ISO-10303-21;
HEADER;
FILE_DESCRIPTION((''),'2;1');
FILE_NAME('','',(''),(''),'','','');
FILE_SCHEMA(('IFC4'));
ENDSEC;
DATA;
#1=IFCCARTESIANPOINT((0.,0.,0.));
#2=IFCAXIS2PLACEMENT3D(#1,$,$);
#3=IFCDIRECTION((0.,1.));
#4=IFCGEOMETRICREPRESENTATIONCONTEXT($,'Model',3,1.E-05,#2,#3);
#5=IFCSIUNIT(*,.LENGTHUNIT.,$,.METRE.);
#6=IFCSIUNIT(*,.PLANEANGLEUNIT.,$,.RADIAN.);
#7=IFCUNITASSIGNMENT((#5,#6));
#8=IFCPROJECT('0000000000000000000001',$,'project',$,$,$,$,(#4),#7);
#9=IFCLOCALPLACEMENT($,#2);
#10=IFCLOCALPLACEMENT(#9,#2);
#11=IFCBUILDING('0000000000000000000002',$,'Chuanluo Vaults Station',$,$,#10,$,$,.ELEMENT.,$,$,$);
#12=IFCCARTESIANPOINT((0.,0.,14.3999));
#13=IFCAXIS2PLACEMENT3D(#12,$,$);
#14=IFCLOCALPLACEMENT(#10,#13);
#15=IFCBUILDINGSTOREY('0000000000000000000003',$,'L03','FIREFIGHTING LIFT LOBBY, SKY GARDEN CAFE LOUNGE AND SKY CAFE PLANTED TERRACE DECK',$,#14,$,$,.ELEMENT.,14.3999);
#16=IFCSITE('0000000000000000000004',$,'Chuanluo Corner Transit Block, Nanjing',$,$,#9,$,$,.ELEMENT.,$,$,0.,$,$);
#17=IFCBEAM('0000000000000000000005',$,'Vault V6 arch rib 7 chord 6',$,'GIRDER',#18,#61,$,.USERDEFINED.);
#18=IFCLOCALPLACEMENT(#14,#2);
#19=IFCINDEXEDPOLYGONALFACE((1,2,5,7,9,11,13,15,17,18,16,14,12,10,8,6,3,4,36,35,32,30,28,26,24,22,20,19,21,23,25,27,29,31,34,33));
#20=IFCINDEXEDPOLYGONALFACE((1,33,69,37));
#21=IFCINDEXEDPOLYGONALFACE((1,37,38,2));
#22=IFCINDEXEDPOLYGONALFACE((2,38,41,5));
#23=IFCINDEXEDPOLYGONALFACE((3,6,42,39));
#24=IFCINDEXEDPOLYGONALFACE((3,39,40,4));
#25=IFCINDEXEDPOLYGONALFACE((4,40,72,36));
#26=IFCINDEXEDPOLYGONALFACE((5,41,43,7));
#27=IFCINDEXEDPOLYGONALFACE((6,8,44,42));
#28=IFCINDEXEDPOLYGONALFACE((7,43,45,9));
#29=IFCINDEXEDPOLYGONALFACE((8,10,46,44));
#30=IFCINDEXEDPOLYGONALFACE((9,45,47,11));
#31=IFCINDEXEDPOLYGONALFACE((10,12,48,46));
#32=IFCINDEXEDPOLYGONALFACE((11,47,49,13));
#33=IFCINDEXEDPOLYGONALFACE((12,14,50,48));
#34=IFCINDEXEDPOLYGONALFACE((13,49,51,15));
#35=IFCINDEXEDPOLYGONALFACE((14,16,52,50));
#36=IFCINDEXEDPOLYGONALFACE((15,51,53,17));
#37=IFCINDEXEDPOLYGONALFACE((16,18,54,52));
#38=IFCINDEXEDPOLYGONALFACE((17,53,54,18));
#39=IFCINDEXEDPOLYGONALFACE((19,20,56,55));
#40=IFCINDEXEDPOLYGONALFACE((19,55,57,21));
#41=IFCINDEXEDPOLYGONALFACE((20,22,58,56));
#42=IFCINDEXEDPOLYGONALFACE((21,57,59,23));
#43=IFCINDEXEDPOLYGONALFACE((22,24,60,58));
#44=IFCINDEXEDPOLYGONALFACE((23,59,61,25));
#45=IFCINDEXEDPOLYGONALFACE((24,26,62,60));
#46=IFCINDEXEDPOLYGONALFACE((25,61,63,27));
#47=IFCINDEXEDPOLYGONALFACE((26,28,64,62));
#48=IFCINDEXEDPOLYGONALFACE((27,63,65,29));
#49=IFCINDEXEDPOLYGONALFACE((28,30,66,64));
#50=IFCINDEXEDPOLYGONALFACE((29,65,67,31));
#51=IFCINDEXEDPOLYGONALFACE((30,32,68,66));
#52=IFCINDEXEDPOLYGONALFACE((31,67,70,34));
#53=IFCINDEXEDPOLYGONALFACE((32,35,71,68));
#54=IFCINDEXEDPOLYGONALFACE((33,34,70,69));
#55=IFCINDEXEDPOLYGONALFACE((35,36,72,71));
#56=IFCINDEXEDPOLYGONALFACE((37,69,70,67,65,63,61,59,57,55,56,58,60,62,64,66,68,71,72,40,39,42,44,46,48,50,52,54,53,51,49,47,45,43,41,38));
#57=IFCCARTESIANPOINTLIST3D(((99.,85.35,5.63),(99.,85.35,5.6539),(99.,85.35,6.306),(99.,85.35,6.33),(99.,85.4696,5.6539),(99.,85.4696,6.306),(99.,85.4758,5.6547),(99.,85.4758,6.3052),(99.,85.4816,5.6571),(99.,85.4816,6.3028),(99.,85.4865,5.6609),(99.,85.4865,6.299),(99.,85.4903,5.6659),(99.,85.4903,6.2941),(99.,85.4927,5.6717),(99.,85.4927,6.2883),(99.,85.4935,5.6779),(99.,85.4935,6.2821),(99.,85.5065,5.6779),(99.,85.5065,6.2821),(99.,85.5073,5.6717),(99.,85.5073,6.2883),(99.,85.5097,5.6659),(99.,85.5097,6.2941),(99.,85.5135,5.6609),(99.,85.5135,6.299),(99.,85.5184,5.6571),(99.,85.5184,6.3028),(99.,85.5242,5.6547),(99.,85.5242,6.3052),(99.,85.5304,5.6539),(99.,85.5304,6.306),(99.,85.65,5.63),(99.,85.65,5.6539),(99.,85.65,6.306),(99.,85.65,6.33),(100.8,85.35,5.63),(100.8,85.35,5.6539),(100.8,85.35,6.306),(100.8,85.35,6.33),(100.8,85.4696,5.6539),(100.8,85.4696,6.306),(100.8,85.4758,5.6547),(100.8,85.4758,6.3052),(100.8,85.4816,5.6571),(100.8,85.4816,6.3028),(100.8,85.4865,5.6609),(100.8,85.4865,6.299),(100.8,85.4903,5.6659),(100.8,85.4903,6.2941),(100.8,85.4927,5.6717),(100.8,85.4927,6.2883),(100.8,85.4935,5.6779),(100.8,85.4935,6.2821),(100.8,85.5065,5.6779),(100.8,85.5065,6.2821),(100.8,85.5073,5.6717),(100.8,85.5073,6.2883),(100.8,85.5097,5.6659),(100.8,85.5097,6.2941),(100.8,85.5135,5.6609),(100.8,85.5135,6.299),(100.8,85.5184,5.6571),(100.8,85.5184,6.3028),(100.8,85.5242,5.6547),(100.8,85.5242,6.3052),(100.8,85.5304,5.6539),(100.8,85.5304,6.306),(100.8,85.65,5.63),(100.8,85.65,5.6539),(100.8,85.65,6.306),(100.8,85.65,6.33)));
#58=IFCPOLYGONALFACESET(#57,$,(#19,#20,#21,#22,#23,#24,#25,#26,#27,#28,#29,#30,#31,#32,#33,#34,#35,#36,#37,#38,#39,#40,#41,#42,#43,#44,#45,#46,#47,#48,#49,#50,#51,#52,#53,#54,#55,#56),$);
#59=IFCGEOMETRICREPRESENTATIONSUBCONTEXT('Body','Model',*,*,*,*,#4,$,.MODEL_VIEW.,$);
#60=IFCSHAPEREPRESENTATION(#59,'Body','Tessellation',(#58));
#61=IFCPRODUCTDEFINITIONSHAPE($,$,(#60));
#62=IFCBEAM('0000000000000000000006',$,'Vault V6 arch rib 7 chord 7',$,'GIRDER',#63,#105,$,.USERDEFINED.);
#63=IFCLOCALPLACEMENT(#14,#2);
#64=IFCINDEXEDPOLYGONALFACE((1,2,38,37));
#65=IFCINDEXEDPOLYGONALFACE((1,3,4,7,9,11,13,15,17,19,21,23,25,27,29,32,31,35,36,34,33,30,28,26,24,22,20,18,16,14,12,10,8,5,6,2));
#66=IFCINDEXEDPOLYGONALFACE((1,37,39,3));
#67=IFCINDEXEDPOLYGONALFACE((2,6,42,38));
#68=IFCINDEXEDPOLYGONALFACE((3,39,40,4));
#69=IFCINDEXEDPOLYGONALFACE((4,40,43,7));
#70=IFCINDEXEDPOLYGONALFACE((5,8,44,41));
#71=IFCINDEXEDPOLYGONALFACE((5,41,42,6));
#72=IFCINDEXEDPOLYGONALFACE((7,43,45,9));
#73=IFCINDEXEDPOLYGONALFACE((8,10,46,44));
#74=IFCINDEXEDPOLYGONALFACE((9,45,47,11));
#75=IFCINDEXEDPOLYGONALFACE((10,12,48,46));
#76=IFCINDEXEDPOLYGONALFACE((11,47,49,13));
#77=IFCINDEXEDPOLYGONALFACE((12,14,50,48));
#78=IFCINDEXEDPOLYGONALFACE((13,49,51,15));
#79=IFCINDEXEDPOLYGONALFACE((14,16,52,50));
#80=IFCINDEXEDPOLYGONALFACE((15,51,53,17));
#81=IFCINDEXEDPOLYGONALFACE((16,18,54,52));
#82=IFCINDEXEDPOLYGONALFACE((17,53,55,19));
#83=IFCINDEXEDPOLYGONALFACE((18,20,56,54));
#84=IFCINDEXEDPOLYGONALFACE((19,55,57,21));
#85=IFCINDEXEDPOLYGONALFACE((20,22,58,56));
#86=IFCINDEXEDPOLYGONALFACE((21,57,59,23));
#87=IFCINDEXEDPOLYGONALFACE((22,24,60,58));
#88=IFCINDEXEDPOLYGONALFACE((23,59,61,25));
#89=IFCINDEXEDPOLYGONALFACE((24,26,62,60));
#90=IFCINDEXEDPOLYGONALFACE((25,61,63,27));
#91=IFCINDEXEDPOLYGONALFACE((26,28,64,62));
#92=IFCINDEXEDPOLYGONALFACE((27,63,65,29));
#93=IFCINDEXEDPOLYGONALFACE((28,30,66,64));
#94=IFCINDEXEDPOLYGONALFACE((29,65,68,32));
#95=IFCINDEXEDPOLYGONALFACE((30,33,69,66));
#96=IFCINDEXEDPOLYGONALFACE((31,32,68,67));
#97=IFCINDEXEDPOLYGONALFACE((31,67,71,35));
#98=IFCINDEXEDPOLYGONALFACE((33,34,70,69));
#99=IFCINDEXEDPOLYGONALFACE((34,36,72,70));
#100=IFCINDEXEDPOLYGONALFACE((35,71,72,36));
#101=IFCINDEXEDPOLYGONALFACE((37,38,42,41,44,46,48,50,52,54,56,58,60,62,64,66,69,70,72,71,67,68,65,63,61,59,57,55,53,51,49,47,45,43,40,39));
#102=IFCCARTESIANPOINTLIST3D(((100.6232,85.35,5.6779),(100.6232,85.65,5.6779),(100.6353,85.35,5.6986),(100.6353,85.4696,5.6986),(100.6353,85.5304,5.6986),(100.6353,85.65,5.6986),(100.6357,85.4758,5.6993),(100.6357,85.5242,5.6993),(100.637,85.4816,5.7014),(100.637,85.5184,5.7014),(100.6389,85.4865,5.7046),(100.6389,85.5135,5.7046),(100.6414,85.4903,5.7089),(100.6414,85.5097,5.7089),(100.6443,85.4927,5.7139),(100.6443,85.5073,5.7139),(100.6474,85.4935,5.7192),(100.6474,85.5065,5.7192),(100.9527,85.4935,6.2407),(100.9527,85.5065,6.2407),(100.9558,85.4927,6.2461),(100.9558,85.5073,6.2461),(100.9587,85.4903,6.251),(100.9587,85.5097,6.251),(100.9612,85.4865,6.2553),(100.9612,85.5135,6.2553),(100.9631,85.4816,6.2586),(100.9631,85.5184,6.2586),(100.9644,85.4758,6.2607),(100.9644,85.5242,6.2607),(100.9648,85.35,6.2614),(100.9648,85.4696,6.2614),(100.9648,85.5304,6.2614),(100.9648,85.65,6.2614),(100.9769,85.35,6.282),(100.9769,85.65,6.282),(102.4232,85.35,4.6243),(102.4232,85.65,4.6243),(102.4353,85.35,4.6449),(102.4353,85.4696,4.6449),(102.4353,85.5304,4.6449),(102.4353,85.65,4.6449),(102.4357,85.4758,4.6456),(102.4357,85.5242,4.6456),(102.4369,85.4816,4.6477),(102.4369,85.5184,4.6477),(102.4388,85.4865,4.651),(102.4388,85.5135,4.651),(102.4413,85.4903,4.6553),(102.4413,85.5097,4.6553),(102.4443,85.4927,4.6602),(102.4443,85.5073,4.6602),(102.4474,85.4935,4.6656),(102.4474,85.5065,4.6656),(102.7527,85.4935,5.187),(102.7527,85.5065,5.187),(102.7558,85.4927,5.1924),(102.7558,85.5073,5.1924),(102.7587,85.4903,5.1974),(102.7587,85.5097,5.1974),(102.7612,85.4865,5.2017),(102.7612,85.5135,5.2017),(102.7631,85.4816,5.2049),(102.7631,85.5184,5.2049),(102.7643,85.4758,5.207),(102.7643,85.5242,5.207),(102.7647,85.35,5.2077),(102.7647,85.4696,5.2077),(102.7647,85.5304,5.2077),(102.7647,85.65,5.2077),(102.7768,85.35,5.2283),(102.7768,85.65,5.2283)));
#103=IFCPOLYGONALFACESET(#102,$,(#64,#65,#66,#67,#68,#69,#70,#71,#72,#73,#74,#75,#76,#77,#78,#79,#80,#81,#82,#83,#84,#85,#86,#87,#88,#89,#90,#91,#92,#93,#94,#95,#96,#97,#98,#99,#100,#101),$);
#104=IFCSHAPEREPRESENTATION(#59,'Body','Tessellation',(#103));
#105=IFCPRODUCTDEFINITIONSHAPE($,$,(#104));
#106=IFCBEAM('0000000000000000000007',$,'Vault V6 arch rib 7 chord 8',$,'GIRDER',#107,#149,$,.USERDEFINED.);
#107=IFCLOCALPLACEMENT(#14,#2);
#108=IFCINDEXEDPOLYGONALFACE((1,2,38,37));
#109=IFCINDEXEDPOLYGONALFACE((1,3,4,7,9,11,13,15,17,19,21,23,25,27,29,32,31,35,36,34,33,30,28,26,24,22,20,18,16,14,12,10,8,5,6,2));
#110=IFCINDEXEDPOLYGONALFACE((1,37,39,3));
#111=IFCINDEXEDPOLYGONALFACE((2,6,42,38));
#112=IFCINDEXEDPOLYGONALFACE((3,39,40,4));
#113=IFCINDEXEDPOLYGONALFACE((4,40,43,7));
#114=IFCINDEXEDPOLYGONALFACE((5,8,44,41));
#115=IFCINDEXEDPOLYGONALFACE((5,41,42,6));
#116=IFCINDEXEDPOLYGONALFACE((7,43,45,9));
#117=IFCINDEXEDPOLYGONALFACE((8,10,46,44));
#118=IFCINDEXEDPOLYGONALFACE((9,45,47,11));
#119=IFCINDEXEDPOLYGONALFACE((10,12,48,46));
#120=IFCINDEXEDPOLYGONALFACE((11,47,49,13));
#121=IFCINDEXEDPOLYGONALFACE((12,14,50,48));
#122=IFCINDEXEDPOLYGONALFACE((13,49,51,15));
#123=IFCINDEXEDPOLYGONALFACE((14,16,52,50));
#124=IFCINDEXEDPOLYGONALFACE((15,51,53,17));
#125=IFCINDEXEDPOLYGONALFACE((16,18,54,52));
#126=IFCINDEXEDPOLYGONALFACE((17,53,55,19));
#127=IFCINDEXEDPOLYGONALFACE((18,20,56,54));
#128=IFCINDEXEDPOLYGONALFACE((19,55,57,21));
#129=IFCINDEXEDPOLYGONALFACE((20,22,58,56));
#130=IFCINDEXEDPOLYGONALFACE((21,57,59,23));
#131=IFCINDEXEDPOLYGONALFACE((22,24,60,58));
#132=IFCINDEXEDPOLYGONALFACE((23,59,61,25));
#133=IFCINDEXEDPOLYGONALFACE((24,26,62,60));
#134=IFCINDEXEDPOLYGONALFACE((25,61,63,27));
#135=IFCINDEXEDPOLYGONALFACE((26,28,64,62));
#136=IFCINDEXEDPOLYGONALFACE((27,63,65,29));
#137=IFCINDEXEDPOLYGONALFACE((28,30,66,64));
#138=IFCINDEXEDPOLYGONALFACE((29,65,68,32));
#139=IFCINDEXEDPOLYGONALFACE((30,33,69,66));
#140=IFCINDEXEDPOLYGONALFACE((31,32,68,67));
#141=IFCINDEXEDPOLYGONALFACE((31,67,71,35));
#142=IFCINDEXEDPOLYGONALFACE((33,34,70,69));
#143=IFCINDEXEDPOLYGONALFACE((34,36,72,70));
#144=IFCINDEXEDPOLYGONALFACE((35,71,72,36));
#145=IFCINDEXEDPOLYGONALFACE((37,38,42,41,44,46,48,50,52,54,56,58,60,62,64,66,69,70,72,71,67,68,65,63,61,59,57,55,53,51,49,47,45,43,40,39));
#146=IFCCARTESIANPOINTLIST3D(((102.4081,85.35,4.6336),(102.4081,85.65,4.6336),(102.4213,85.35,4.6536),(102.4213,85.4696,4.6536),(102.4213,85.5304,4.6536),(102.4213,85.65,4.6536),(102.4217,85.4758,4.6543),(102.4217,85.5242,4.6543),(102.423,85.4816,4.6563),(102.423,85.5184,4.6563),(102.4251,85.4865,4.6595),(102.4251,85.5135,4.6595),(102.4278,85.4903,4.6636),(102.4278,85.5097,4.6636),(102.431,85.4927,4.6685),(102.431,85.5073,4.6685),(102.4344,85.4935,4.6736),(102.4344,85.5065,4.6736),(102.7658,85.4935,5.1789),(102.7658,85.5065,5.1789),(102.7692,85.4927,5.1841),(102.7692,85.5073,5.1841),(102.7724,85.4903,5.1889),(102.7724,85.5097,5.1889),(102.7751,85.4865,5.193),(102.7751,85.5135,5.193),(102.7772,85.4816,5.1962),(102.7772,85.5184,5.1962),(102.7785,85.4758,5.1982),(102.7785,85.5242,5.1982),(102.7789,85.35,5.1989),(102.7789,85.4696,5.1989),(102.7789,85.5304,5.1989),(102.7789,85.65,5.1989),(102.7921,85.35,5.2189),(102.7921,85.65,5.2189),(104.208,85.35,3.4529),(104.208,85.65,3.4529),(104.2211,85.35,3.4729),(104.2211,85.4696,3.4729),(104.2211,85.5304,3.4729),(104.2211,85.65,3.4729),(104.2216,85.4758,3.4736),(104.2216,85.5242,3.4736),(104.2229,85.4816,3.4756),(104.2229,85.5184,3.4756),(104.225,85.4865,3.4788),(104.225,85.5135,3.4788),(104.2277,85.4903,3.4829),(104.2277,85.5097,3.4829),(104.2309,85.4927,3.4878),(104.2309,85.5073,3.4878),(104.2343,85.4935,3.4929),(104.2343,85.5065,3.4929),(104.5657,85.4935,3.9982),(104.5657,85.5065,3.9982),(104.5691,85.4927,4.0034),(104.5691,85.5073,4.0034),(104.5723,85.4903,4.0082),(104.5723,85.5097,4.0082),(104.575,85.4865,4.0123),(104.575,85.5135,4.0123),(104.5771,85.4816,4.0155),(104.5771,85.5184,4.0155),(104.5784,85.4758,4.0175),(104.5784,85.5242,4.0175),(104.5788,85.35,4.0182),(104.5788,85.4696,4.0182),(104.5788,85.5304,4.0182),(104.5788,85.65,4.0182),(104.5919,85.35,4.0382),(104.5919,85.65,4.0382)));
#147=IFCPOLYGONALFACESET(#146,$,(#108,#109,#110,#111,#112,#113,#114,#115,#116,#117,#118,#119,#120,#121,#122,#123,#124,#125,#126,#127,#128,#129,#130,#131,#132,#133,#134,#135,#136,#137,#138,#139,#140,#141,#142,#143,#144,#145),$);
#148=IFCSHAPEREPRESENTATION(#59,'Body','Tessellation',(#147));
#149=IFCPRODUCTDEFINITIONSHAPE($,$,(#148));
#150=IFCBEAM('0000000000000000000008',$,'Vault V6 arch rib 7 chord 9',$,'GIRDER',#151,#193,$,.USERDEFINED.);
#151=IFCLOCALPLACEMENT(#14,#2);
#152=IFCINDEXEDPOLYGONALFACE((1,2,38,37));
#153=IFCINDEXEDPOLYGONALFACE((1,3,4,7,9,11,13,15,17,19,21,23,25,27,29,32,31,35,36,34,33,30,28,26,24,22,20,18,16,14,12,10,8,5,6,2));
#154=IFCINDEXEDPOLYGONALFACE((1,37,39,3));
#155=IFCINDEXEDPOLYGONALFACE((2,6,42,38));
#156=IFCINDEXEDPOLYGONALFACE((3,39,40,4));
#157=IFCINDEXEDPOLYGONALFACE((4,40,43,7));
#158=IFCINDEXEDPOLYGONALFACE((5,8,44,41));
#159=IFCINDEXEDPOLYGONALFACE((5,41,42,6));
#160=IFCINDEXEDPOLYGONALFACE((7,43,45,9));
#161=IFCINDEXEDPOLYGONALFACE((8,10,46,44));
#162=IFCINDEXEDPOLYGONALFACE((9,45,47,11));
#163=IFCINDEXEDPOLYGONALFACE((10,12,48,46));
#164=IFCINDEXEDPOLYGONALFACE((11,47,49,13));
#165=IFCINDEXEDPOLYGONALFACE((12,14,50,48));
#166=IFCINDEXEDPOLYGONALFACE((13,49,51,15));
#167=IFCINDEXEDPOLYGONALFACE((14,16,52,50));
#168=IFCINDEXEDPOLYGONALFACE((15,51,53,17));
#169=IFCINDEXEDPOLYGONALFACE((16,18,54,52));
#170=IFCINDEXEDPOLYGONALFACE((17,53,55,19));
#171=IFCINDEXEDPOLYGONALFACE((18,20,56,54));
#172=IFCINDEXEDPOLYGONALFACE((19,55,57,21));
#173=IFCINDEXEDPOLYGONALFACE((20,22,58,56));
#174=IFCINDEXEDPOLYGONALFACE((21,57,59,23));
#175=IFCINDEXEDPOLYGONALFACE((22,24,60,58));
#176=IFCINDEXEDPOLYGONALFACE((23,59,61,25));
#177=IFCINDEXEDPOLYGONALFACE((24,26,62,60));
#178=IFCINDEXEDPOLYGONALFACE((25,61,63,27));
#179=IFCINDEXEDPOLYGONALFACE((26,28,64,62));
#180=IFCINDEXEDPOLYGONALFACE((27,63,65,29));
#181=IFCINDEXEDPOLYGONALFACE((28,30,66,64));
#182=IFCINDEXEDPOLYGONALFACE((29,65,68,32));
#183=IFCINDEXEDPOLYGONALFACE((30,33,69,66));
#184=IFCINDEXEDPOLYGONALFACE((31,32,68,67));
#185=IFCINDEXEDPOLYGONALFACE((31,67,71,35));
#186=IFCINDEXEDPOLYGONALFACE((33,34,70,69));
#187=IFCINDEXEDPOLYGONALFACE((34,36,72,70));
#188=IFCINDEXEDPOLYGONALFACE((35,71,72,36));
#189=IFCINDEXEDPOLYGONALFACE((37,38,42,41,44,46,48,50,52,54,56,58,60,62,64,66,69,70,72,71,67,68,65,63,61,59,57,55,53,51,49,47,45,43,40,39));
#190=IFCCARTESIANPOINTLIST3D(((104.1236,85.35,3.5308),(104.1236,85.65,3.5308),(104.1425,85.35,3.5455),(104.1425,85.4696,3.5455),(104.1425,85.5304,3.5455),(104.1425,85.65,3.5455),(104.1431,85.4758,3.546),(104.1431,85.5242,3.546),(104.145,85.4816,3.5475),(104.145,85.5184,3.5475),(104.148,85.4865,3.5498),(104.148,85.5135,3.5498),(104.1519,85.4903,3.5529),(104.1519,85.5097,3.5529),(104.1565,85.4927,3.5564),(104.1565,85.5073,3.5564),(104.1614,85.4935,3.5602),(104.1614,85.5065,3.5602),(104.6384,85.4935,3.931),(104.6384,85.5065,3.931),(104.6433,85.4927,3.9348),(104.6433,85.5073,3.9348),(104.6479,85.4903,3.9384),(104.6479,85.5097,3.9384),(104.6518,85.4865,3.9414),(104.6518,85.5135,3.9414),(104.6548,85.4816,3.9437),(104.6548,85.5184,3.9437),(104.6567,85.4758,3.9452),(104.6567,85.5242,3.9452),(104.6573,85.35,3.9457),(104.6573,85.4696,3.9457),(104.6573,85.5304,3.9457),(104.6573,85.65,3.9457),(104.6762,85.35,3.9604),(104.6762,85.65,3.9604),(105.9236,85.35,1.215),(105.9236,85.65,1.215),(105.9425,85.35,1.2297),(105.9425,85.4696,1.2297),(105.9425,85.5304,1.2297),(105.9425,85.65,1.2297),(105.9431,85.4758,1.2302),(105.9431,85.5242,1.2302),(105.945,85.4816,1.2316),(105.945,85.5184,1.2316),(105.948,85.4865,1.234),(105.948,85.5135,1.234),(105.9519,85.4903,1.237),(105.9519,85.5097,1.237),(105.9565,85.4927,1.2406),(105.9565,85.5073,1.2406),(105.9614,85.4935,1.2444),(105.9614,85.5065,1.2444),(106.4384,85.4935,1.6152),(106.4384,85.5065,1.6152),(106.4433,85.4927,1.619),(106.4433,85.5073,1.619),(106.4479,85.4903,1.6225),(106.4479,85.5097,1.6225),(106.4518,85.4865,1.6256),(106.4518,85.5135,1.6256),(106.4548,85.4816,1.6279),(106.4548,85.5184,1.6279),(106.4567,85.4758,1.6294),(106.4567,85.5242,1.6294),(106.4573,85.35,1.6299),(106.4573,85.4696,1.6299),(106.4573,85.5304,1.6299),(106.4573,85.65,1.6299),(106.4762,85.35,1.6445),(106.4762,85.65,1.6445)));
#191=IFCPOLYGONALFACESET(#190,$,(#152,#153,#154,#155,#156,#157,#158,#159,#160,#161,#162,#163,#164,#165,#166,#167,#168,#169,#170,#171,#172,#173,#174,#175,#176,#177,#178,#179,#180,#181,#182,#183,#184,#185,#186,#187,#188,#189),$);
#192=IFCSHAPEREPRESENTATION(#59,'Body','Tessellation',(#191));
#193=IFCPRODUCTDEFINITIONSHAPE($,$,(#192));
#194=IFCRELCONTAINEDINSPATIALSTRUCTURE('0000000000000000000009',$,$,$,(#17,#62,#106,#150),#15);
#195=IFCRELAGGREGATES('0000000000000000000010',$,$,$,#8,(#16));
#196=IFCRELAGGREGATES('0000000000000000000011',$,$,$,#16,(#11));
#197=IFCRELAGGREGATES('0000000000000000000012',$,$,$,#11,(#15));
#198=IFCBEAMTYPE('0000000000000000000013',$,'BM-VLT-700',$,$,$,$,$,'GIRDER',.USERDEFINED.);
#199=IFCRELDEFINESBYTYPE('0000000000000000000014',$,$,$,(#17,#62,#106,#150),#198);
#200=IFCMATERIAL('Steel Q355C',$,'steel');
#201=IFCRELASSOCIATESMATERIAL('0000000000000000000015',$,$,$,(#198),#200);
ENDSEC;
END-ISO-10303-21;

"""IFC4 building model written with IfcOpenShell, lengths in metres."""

from ifc_helpers import new_model, si_unit, direction, frame, origin, origin_2d, place, context, subcontext, project, spatial, i_section, extrude, material, material_profile, profile_set, type_object, element, save


model = new_model("IFC4")

# Units and contexts
model_context = context("Model", 3, precision=1e-05, world=origin(), true_north=direction((0.0, 1.0)))
body_context = subcontext(model_context, "Body", "Model", "MODEL_VIEW")
ifc_project = project(units=[si_unit("LENGTHUNIT", "METRE"), si_unit("PLANEANGLEUNIT", "RADIAN")], contexts=[model_context])

# Site, building, storey
site_placement = place(None, origin())
site = spatial("IfcSite", under=ifc_project, at=site_placement, Name="Chuanluo Corner Transit Block, Nanjing", CompositionType="ELEMENT", RefElevation=0.0)
building_placement = place(site_placement, origin())
building = spatial("IfcBuilding", under=site, at=building_placement, Name="Chuanluo Vaults Station", CompositionType="ELEMENT")
storey_placement = place(building_placement, frame((0.0, 0.0, 14.3999)))
storey = spatial("IfcBuildingStorey", under=building, at=storey_placement, Name="L03", Description="FIREFIGHTING LIFT LOBBY, SKY GARDEN CAFE LOUNGE AND SKY CAFE PLANTED TERRACE DECK", CompositionType="ELEMENT", Elevation=14.3999)

# Beams
ifc_material_1 = material(Name="Steel Q355C", Category="steel")
ifc_material_profile_1 = material_profile(ifc_material_1, i_section(OverallWidth=0.3, OverallDepth=0.7, WebThickness=0.0129, FlangeThickness=0.0239, FilletRadius=0.0239, at=origin_2d()))
ifc_profile_set_1 = profile_set([ifc_material_profile_1], Name="Steel Q355C")
beam_type = type_object("IfcBeamType", Name="BM-VLT-700", ElementType="GIRDER", PredefinedType="USERDEFINED", material=ifc_profile_set_1)
for number, where, z_axis, x_axis, name in (
    (1, (99.0, 85.5, 5.98), (1.0, 0.0, 0.0), (0.0, 1.0, 0.0), "Vault V6 arch rib 7 chord 6"),
):
    element("IfcBeam", number, at=place(storey_placement, frame(where, z_axis=z_axis, x_axis=x_axis)), inside=storey, type_object=beam_type, Name=name, ObjectType="GIRDER", PredefinedType="USERDEFINED", context=body_context, shape_type="SweptSolid", body=[
        extrude(i_section(OverallWidth=0.3, OverallDepth=0.7, WebThickness=0.0129, FlangeThickness=0.0239, FilletRadius=0.0239, at=origin_2d()), origin(), (0.0, 0.0, 1.0), 1.8),
    ])
beam_1_placement = place(storey_placement, frame((100.8, 85.5, 5.98), z_axis=(0.863009, 0.0, -0.505188), x_axis=(0.0, 1.0, 0.0)))
element("IfcBeam", 2, at=beam_1_placement, inside=storey, type_object=beam_type, Name="Vault V6 arch rib 7 chord 7", ObjectType="GIRDER", PredefinedType="USERDEFINED", context=body_context, shape_type="SweptSolid", body=[
    extrude(i_section(OverallWidth=0.3, OverallDepth=0.7, WebThickness=0.0129, FlangeThickness=0.0239, FilletRadius=0.0239, at=origin_2d()), origin(), (0.0, 0.0, 1.0), 2.0857),
])
beam_2_placement = place(storey_placement, frame((102.6001, 85.5, 4.9263), z_axis=(0.836145, 0.0, -0.548508), x_axis=(0.0, 1.0, 0.0)))
element("IfcBeam", 3, at=beam_2_placement, inside=storey, type_object=beam_type, Name="Vault V6 arch rib 7 chord 8", ObjectType="GIRDER", PredefinedType="USERDEFINED", context=body_context, shape_type="SweptSolid", body=[
    extrude(i_section(OverallWidth=0.3, OverallDepth=0.7, WebThickness=0.0129, FlangeThickness=0.0239, FilletRadius=0.0239, at=origin_2d()), origin(), (0.0, 0.0, 1.0), 2.1526),
])
for number, where, z_axis, x_axis, name in (
    (4, (104.3999, 85.5, 3.7456), (0.613681, 0.0, -0.789554), (0.0, 1.0, 0.0), "Vault V6 arch rib 7 chord 9"),
):
    element("IfcBeam", number, at=place(storey_placement, frame(where, z_axis=z_axis, x_axis=x_axis)), inside=storey, type_object=beam_type, Name=name, ObjectType="GIRDER", PredefinedType="USERDEFINED", context=body_context, shape_type="SweptSolid", body=[
        extrude(i_section(OverallWidth=0.3, OverallDepth=0.7, WebThickness=0.0129, FlangeThickness=0.0239, FilletRadius=0.0239, at=origin_2d()), origin(), (0.0, 0.0, 1.0), 2.9331),
    ])

save(model, "model.ifc")
